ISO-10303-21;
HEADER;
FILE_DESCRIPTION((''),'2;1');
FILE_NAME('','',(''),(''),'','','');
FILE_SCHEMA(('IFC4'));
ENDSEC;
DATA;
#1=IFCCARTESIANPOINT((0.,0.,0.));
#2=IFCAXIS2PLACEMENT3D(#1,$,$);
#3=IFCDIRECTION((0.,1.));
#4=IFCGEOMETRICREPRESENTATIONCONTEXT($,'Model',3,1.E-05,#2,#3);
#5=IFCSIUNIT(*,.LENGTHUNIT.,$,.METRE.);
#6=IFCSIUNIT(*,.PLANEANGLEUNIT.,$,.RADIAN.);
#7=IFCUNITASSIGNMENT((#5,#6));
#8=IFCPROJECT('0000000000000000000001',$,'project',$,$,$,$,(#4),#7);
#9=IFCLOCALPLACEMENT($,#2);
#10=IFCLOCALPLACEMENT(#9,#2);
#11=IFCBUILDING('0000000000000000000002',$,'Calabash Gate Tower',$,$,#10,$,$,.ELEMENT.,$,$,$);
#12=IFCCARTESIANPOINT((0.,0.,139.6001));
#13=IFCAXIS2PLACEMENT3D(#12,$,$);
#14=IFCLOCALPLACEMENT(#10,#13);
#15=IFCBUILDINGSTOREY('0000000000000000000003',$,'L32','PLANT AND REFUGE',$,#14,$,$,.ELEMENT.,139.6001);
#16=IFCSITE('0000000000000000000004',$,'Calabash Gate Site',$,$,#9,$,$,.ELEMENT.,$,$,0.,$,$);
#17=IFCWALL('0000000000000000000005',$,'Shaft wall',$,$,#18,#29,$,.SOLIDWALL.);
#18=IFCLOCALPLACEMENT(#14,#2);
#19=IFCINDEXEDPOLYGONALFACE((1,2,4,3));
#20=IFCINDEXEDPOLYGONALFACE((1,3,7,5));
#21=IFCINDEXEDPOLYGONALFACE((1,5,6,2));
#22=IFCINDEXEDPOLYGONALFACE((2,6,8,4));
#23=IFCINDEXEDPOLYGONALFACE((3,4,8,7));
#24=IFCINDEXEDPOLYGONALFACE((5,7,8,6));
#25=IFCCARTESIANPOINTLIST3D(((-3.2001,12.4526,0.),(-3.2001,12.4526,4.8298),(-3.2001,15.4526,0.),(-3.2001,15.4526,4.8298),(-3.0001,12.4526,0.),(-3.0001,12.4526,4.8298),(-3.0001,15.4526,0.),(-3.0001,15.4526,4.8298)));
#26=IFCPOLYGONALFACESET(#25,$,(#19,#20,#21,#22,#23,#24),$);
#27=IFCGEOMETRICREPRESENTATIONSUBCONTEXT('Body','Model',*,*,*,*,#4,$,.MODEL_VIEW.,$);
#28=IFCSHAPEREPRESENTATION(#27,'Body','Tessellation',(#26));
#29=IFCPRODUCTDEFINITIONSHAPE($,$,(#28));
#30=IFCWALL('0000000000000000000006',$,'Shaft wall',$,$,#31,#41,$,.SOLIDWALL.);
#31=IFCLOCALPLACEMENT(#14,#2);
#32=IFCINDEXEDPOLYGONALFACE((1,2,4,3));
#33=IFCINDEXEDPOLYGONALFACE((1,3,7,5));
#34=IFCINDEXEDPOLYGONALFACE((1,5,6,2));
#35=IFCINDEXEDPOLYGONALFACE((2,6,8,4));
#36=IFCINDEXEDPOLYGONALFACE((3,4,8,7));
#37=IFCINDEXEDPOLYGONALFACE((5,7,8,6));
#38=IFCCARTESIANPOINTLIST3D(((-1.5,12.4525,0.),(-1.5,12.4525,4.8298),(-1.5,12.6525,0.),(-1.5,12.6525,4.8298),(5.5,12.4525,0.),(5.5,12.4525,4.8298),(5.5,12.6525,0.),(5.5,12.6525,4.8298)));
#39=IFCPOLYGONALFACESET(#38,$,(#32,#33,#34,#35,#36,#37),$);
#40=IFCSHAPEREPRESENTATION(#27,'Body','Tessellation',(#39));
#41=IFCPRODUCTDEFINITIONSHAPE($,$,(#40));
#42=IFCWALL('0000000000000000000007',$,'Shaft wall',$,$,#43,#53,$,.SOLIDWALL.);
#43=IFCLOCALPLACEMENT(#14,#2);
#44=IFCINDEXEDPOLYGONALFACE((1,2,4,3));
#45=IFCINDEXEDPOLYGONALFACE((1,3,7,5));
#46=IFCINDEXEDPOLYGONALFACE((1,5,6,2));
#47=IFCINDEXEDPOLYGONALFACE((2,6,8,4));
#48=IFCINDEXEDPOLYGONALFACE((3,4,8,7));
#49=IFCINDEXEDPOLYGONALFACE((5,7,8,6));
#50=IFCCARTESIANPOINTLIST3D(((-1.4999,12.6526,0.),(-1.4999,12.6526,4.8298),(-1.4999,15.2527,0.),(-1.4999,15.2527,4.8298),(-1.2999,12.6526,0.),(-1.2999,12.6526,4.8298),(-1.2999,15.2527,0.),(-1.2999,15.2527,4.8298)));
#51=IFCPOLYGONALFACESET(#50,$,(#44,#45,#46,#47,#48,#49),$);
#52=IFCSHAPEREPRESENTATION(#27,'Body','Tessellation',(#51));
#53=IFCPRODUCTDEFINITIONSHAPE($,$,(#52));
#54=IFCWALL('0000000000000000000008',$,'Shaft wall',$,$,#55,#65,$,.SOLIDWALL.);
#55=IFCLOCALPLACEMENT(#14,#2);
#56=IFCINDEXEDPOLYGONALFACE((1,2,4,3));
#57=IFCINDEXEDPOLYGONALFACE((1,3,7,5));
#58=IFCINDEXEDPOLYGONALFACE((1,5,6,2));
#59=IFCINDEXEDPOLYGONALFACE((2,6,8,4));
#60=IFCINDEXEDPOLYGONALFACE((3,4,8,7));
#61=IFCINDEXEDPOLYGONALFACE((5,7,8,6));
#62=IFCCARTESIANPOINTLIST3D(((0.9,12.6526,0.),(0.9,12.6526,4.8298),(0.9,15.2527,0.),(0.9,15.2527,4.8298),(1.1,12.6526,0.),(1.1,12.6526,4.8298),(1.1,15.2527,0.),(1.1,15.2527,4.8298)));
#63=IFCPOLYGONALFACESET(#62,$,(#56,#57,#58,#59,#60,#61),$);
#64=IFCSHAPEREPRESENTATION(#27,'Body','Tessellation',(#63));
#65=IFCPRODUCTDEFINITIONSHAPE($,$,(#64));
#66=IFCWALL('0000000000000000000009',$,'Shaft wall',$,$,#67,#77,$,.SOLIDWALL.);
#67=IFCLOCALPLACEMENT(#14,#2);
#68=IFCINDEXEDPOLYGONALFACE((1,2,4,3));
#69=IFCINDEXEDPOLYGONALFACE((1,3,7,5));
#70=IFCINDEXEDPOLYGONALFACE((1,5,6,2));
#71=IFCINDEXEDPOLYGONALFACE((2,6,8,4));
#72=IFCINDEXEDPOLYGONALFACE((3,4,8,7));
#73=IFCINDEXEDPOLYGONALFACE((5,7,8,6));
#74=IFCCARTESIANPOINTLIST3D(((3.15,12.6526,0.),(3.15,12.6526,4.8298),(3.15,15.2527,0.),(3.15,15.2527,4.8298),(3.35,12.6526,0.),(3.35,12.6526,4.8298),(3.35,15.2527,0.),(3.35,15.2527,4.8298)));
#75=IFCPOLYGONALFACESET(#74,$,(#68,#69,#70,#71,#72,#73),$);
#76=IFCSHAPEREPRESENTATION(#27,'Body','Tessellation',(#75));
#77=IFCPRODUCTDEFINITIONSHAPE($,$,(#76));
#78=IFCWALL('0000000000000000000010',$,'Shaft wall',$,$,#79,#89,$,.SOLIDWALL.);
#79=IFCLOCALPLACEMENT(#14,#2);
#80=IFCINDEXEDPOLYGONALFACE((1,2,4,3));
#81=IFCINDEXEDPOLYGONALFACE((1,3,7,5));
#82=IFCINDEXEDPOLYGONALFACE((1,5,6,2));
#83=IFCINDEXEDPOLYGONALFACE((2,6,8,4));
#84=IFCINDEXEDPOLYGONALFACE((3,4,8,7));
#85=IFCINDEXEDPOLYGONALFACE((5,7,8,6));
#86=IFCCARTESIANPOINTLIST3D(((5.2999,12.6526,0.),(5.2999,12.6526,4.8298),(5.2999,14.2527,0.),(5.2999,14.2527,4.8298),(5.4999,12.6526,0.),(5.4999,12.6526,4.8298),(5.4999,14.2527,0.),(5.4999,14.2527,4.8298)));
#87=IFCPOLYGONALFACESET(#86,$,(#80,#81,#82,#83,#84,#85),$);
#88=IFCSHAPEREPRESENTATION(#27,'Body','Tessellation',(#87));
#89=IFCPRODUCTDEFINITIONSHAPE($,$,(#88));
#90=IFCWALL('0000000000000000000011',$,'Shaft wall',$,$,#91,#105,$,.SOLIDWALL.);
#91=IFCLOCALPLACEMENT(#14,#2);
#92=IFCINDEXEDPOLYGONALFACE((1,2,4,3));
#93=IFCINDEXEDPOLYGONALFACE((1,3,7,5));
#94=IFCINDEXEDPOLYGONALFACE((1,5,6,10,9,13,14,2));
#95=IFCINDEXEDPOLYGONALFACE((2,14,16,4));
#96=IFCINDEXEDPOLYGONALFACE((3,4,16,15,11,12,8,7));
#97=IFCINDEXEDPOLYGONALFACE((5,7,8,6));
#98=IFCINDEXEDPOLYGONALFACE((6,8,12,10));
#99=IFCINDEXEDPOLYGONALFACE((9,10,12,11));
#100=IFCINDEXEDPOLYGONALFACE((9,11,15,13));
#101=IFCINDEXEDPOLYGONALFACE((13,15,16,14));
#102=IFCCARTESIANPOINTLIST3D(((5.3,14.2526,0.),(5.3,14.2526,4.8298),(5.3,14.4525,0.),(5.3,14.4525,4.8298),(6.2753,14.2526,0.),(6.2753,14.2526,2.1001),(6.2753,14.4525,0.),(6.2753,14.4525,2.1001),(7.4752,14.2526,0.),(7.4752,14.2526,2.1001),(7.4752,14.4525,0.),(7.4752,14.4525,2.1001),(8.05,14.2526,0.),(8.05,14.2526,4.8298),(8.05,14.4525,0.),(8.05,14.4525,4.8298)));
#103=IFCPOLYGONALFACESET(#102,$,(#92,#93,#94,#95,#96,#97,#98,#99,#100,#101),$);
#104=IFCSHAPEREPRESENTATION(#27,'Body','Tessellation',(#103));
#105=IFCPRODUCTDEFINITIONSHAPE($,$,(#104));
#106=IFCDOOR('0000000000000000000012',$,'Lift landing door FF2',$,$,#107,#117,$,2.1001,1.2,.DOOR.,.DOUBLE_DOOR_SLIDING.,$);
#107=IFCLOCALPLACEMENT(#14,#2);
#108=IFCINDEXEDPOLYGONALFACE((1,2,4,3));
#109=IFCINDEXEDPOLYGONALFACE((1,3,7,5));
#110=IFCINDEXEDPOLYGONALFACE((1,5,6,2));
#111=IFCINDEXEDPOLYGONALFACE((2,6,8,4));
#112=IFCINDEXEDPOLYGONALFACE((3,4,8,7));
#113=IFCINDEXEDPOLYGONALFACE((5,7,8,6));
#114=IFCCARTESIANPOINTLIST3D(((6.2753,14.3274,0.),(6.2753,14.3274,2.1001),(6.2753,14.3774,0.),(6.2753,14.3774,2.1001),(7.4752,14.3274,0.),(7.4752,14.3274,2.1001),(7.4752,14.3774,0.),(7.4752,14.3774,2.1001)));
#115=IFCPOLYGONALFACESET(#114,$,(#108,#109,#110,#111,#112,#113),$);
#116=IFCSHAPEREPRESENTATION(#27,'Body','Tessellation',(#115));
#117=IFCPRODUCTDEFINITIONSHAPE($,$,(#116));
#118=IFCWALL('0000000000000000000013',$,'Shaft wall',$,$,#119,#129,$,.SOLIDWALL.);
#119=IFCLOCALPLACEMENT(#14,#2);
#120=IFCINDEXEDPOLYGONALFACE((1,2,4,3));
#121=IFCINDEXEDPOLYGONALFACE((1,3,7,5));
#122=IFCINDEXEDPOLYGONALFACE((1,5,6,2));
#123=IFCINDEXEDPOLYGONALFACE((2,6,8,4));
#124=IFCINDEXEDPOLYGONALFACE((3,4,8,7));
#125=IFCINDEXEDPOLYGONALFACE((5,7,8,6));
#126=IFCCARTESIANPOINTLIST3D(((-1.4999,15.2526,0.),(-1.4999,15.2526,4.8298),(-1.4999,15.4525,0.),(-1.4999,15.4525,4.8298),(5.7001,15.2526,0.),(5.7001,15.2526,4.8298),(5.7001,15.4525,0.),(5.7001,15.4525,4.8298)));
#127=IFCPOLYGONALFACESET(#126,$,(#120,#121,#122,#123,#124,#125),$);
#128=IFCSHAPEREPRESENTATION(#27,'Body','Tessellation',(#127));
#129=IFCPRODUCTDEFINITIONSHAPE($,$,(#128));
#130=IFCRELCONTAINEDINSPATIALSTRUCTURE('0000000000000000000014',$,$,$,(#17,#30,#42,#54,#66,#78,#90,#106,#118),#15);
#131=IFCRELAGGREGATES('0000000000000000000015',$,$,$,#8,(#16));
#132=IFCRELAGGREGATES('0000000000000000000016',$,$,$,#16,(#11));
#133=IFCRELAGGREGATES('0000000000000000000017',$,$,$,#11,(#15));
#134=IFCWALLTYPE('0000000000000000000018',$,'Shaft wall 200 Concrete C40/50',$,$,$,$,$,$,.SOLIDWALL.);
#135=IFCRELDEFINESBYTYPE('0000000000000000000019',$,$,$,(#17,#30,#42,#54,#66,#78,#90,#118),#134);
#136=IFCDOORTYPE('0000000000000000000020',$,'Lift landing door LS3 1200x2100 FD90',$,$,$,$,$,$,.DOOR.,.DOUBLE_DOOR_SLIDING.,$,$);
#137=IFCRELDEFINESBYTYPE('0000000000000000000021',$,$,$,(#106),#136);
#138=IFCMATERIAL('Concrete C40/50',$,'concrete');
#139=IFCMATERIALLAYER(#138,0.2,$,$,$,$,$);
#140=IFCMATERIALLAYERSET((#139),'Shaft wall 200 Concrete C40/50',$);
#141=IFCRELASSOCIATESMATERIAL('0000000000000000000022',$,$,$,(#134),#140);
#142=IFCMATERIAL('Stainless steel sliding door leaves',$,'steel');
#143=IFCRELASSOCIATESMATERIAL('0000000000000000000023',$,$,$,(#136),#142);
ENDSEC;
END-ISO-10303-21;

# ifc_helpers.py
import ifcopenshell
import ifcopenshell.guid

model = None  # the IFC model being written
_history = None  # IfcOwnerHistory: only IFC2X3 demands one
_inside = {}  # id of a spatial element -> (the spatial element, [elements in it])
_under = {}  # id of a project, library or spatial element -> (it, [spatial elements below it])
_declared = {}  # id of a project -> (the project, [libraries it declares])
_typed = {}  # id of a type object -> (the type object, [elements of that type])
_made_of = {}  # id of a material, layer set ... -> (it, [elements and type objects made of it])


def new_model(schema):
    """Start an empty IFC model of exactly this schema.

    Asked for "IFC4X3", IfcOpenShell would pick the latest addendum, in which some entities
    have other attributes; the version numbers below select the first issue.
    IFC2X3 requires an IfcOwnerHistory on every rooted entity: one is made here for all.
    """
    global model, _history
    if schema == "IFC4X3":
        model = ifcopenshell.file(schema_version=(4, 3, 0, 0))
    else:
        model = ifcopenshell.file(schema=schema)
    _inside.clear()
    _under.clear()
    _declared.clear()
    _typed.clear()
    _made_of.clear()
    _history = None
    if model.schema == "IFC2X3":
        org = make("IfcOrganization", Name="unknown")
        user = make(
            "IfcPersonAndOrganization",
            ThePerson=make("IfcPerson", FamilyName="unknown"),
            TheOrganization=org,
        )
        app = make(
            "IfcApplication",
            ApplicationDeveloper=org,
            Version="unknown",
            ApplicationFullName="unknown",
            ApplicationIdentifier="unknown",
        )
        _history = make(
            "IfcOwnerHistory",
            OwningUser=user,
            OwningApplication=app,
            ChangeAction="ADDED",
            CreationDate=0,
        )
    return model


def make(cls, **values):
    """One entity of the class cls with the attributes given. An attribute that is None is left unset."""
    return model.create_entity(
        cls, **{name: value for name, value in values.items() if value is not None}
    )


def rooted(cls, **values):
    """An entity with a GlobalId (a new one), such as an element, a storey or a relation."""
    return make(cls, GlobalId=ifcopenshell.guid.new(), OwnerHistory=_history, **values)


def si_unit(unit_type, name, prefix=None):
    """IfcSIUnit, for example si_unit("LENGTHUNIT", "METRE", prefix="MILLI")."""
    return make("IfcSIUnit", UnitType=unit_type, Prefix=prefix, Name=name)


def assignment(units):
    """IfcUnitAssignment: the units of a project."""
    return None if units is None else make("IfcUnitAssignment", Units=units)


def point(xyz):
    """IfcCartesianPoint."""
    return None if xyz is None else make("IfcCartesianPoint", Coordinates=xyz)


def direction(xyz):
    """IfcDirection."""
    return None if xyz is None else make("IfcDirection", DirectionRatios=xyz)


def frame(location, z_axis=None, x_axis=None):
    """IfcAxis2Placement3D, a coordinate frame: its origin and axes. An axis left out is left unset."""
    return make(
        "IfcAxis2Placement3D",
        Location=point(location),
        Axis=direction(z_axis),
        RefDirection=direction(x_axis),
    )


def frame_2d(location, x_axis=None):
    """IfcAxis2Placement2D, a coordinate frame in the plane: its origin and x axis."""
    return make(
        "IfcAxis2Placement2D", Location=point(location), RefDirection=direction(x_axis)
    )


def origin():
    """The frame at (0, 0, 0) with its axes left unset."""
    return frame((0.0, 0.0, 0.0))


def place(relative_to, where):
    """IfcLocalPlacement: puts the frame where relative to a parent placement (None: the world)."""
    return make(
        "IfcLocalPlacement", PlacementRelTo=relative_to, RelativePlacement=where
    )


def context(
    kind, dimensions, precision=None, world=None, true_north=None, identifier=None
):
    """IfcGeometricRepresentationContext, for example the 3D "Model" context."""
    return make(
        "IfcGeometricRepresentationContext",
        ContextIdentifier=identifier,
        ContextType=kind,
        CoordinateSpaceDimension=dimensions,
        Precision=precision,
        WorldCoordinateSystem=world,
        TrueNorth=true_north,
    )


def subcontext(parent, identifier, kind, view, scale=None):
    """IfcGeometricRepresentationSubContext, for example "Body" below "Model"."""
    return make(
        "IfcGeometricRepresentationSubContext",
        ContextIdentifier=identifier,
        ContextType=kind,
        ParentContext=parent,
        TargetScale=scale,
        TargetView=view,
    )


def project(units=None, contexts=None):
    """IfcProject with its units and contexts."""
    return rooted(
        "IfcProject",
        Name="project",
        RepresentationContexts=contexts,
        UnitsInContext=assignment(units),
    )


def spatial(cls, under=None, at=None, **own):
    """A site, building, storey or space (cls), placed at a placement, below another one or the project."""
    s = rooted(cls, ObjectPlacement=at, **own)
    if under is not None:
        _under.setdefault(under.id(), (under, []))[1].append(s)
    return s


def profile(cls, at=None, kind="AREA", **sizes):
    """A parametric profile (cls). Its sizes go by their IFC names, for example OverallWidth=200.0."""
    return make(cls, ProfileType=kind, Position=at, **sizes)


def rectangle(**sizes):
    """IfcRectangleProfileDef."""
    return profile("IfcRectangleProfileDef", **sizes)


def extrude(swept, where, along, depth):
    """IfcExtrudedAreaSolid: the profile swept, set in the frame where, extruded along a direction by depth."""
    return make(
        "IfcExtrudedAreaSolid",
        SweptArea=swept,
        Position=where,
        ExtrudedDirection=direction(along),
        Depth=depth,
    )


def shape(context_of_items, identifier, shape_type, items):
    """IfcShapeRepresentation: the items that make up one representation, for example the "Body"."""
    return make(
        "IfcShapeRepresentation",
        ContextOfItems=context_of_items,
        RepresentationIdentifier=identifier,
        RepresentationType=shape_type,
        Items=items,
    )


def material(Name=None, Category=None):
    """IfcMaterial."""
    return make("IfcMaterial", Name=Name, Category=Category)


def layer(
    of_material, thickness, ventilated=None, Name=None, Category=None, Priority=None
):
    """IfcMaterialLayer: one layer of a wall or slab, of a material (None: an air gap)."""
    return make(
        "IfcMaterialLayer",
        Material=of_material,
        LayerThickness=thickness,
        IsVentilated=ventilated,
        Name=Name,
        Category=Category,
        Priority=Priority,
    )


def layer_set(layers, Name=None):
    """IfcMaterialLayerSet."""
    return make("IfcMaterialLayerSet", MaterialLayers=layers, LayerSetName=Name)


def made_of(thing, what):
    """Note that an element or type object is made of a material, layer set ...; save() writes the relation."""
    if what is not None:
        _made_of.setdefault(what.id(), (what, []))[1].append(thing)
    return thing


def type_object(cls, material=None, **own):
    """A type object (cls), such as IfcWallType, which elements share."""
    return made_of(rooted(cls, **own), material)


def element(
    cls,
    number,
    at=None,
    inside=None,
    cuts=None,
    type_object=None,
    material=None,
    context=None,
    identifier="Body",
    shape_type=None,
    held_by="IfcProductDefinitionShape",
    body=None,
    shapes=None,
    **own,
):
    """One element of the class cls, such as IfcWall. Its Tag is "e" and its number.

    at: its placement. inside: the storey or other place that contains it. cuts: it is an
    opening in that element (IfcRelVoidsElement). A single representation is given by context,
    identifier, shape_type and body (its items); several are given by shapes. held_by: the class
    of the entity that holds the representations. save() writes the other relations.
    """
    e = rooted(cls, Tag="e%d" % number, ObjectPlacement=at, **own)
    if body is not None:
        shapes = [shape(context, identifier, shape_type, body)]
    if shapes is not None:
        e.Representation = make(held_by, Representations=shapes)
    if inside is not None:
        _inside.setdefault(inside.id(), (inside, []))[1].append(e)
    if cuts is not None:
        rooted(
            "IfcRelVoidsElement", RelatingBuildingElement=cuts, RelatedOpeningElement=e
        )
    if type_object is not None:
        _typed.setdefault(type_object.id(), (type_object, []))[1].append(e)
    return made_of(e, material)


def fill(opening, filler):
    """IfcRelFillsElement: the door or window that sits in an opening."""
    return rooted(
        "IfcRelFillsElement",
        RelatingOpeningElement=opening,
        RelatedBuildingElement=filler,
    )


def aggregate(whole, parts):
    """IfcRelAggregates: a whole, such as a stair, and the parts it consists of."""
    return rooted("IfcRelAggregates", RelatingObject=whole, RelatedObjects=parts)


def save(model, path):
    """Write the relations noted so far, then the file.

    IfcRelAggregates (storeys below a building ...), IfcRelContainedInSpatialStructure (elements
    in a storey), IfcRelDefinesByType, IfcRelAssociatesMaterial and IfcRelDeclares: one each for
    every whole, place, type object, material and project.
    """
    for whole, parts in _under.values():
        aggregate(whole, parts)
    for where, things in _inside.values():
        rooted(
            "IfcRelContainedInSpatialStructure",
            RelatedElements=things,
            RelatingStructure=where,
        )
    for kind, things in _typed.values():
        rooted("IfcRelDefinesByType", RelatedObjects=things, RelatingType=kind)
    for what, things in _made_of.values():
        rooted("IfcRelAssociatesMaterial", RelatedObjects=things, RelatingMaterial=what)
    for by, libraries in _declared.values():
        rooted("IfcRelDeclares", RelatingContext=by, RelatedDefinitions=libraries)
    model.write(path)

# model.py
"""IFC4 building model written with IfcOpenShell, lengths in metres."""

from ifc_helpers import new_model, si_unit, direction, frame, frame_2d, origin, place, context, subcontext, project, spatial, rectangle, extrude, material, layer, layer_set, type_object, element, fill, save


model = new_model("IFC4")

# Units and contexts
model_context = context("Model", 3, precision=1e-05, world=origin(), true_north=direction((0.0, 1.0)))
body_context = subcontext(model_context, "Body", "Model", "MODEL_VIEW")
ifc_project = project(units=[si_unit("LENGTHUNIT", "METRE"), si_unit("PLANEANGLEUNIT", "RADIAN")], contexts=[model_context])

# Site, building, storey
site_placement = place(None, origin())
site = spatial("IfcSite", under=ifc_project, at=site_placement, Name="Calabash Gate Site", CompositionType="ELEMENT", RefElevation=0.0)
building_placement = place(site_placement, origin())
building = spatial("IfcBuilding", under=site, at=building_placement, Name="Calabash Gate Tower", CompositionType="ELEMENT")
storey_placement = place(building_placement, frame((0.0, 0.0, 139.6001)))
storey = spatial("IfcBuildingStorey", under=building, at=storey_placement, Name="L32", Description="PLANT AND REFUGE", CompositionType="ELEMENT", Elevation=139.6001)

# Shared definitions
ifc_material_1 = material(Name="Concrete C40/50", Category="concrete")
ifc_layer_1 = layer(ifc_material_1, 0.2)
ifc_layer_set_1 = layer_set([ifc_layer_1], Name="Shaft wall 200 Concrete C40/50")
wall_type_1 = type_object("IfcWallType", Name="Shaft wall 200 Concrete C40/50", PredefinedType="SOLIDWALL", material=ifc_layer_set_1)

# Walls
wall_1_placement = place(storey_placement, frame((-3.1001, 12.4526, 0.0), z_axis=(0.0, 0.0, 1.0), x_axis=(0.0, 1.0, 0.0)))
element("IfcWall", 1, at=wall_1_placement, inside=storey, type_object=wall_type_1, Name="Shaft wall", PredefinedType="SOLIDWALL", context=body_context, shape_type="SweptSolid", body=[
    extrude(rectangle(XDim=3.0, YDim=0.2, at=frame_2d((1.5, 0.0))), origin(), (0.0, 0.0, 1.0), 4.8298),
])
wall_2_placement = place(storey_placement, frame((-1.5, 12.5525, 0.0), z_axis=(0.0, 0.0, 1.0), x_axis=(1.0, 0.0, 0.0)))
element("IfcWall", 2, at=wall_2_placement, inside=storey, type_object=wall_type_1, Name="Shaft wall", PredefinedType="SOLIDWALL", context=body_context, shape_type="SweptSolid", body=[
    extrude(rectangle(XDim=7.0, YDim=0.2, at=frame_2d((3.5, 0.0))), origin(), (0.0, 0.0, 1.0), 4.8298),
])
for number, where, z_axis, x_axis, name in (
    (3, (-1.3999, 12.6526, 0.0), (0.0, 0.0, 1.0), (0.0, 1.0, 0.0), "Shaft wall"),
    (4, (1.0, 12.6526, 0.0), (0.0, 0.0, 1.0), (0.0, 1.0, 0.0), "Shaft wall"),
    (5, (3.25, 12.6526, 0.0), (0.0, 0.0, 1.0), (0.0, 1.0, 0.0), "Shaft wall"),
):
    element("IfcWall", number, at=place(storey_placement, frame(where, z_axis=z_axis, x_axis=x_axis)), inside=storey, type_object=wall_type_1, Name=name, PredefinedType="SOLIDWALL", context=body_context, shape_type="SweptSolid", body=[
        extrude(rectangle(XDim=2.6001, YDim=0.2, at=frame_2d((1.3, 0.0))), origin(), (0.0, 0.0, 1.0), 4.8298),
    ])
wall_3_placement = place(storey_placement, frame((5.3999, 12.6526, 0.0), z_axis=(0.0, 0.0, 1.0), x_axis=(0.0, 1.0, 0.0)))
element("IfcWall", 6, at=wall_3_placement, inside=storey, type_object=wall_type_1, Name="Shaft wall", PredefinedType="SOLIDWALL", context=body_context, shape_type="SweptSolid", body=[
    extrude(rectangle(XDim=1.6001, YDim=0.2, at=frame_2d((0.8, 0.0))), origin(), (0.0, 0.0, 1.0), 4.8298),
])

# Wall, opening, door
wall_4_placement = place(storey_placement, frame((5.3, 14.3525, 0.0), z_axis=(0.0, 0.0, 1.0), x_axis=(1.0, 0.0, 0.0)))
wall_4 = element("IfcWall", 7, at=wall_4_placement, inside=storey, type_object=wall_type_1, Name="Shaft wall", PredefinedType="SOLIDWALL", context=body_context, shape_type="SweptSolid", body=[
    extrude(rectangle(XDim=2.75, YDim=0.2, at=frame_2d((1.375, 0.0))), origin(), (0.0, 0.0, 1.0), 4.8298),
])
opening_1_placement = place(wall_4_placement, frame((0.9751, 0.0, 0.0)))
opening_1 = element("IfcOpeningElement", 8, at=opening_1_placement, cuts=wall_4, PredefinedType="OPENING", context=body_context, shape_type="SweptSolid", body=[
    extrude(rectangle(XDim=1.2, YDim=2.1001, at=frame_2d((0.6001, 1.05))), frame((0.0, 0.1099, 0.0), z_axis=(0.0, -1.0, 0.0), x_axis=(1.0, 0.0, 0.0)), (0.0, 0.0, 1.0), 0.22),
])
ifc_material_2 = material(Name="Stainless steel sliding door leaves", Category="steel")
door_type_1 = type_object("IfcDoorType", Name="Lift landing door LS3 1200x2100 FD90", OperationType="DOUBLE_DOOR_SLIDING", PredefinedType="DOOR", material=ifc_material_2)
door_1_placement = place(opening_1_placement, origin())
door_1 = element("IfcDoor", 9, at=door_1_placement, inside=storey, type_object=door_type_1, Name="Lift landing door FF2", OperationType="DOUBLE_DOOR_SLIDING", OverallHeight=2.1001, OverallWidth=1.2, PredefinedType="DOOR", context=body_context, shape_type="SweptSolid", body=[
    extrude(rectangle(XDim=1.2, YDim=2.1001, at=frame_2d((0.6001, 1.05))), frame((0.0, 0.0249, 0.0), z_axis=(0.0, -1.0, 0.0), x_axis=(1.0, 0.0, 0.0)), (0.0, 0.0, 1.0), 0.05),
])
fill(opening_1, door_1)

# Wall
wall_5_placement = place(storey_placement, frame((-1.5, 15.3525, 0.0), z_axis=(0.0, 0.0, 1.0), x_axis=(1.0, 0.0, 0.0)))
element("IfcWall", 10, at=wall_5_placement, inside=storey, type_object=wall_type_1, Name="Shaft wall", PredefinedType="SOLIDWALL", context=body_context, shape_type="SweptSolid", body=[
    extrude(rectangle(XDim=7.2, YDim=0.2, at=frame_2d((3.6001, 0.0))), origin(), (0.0, 0.0, 1.0), 4.8298),
])

save(model, "model.ifc")
